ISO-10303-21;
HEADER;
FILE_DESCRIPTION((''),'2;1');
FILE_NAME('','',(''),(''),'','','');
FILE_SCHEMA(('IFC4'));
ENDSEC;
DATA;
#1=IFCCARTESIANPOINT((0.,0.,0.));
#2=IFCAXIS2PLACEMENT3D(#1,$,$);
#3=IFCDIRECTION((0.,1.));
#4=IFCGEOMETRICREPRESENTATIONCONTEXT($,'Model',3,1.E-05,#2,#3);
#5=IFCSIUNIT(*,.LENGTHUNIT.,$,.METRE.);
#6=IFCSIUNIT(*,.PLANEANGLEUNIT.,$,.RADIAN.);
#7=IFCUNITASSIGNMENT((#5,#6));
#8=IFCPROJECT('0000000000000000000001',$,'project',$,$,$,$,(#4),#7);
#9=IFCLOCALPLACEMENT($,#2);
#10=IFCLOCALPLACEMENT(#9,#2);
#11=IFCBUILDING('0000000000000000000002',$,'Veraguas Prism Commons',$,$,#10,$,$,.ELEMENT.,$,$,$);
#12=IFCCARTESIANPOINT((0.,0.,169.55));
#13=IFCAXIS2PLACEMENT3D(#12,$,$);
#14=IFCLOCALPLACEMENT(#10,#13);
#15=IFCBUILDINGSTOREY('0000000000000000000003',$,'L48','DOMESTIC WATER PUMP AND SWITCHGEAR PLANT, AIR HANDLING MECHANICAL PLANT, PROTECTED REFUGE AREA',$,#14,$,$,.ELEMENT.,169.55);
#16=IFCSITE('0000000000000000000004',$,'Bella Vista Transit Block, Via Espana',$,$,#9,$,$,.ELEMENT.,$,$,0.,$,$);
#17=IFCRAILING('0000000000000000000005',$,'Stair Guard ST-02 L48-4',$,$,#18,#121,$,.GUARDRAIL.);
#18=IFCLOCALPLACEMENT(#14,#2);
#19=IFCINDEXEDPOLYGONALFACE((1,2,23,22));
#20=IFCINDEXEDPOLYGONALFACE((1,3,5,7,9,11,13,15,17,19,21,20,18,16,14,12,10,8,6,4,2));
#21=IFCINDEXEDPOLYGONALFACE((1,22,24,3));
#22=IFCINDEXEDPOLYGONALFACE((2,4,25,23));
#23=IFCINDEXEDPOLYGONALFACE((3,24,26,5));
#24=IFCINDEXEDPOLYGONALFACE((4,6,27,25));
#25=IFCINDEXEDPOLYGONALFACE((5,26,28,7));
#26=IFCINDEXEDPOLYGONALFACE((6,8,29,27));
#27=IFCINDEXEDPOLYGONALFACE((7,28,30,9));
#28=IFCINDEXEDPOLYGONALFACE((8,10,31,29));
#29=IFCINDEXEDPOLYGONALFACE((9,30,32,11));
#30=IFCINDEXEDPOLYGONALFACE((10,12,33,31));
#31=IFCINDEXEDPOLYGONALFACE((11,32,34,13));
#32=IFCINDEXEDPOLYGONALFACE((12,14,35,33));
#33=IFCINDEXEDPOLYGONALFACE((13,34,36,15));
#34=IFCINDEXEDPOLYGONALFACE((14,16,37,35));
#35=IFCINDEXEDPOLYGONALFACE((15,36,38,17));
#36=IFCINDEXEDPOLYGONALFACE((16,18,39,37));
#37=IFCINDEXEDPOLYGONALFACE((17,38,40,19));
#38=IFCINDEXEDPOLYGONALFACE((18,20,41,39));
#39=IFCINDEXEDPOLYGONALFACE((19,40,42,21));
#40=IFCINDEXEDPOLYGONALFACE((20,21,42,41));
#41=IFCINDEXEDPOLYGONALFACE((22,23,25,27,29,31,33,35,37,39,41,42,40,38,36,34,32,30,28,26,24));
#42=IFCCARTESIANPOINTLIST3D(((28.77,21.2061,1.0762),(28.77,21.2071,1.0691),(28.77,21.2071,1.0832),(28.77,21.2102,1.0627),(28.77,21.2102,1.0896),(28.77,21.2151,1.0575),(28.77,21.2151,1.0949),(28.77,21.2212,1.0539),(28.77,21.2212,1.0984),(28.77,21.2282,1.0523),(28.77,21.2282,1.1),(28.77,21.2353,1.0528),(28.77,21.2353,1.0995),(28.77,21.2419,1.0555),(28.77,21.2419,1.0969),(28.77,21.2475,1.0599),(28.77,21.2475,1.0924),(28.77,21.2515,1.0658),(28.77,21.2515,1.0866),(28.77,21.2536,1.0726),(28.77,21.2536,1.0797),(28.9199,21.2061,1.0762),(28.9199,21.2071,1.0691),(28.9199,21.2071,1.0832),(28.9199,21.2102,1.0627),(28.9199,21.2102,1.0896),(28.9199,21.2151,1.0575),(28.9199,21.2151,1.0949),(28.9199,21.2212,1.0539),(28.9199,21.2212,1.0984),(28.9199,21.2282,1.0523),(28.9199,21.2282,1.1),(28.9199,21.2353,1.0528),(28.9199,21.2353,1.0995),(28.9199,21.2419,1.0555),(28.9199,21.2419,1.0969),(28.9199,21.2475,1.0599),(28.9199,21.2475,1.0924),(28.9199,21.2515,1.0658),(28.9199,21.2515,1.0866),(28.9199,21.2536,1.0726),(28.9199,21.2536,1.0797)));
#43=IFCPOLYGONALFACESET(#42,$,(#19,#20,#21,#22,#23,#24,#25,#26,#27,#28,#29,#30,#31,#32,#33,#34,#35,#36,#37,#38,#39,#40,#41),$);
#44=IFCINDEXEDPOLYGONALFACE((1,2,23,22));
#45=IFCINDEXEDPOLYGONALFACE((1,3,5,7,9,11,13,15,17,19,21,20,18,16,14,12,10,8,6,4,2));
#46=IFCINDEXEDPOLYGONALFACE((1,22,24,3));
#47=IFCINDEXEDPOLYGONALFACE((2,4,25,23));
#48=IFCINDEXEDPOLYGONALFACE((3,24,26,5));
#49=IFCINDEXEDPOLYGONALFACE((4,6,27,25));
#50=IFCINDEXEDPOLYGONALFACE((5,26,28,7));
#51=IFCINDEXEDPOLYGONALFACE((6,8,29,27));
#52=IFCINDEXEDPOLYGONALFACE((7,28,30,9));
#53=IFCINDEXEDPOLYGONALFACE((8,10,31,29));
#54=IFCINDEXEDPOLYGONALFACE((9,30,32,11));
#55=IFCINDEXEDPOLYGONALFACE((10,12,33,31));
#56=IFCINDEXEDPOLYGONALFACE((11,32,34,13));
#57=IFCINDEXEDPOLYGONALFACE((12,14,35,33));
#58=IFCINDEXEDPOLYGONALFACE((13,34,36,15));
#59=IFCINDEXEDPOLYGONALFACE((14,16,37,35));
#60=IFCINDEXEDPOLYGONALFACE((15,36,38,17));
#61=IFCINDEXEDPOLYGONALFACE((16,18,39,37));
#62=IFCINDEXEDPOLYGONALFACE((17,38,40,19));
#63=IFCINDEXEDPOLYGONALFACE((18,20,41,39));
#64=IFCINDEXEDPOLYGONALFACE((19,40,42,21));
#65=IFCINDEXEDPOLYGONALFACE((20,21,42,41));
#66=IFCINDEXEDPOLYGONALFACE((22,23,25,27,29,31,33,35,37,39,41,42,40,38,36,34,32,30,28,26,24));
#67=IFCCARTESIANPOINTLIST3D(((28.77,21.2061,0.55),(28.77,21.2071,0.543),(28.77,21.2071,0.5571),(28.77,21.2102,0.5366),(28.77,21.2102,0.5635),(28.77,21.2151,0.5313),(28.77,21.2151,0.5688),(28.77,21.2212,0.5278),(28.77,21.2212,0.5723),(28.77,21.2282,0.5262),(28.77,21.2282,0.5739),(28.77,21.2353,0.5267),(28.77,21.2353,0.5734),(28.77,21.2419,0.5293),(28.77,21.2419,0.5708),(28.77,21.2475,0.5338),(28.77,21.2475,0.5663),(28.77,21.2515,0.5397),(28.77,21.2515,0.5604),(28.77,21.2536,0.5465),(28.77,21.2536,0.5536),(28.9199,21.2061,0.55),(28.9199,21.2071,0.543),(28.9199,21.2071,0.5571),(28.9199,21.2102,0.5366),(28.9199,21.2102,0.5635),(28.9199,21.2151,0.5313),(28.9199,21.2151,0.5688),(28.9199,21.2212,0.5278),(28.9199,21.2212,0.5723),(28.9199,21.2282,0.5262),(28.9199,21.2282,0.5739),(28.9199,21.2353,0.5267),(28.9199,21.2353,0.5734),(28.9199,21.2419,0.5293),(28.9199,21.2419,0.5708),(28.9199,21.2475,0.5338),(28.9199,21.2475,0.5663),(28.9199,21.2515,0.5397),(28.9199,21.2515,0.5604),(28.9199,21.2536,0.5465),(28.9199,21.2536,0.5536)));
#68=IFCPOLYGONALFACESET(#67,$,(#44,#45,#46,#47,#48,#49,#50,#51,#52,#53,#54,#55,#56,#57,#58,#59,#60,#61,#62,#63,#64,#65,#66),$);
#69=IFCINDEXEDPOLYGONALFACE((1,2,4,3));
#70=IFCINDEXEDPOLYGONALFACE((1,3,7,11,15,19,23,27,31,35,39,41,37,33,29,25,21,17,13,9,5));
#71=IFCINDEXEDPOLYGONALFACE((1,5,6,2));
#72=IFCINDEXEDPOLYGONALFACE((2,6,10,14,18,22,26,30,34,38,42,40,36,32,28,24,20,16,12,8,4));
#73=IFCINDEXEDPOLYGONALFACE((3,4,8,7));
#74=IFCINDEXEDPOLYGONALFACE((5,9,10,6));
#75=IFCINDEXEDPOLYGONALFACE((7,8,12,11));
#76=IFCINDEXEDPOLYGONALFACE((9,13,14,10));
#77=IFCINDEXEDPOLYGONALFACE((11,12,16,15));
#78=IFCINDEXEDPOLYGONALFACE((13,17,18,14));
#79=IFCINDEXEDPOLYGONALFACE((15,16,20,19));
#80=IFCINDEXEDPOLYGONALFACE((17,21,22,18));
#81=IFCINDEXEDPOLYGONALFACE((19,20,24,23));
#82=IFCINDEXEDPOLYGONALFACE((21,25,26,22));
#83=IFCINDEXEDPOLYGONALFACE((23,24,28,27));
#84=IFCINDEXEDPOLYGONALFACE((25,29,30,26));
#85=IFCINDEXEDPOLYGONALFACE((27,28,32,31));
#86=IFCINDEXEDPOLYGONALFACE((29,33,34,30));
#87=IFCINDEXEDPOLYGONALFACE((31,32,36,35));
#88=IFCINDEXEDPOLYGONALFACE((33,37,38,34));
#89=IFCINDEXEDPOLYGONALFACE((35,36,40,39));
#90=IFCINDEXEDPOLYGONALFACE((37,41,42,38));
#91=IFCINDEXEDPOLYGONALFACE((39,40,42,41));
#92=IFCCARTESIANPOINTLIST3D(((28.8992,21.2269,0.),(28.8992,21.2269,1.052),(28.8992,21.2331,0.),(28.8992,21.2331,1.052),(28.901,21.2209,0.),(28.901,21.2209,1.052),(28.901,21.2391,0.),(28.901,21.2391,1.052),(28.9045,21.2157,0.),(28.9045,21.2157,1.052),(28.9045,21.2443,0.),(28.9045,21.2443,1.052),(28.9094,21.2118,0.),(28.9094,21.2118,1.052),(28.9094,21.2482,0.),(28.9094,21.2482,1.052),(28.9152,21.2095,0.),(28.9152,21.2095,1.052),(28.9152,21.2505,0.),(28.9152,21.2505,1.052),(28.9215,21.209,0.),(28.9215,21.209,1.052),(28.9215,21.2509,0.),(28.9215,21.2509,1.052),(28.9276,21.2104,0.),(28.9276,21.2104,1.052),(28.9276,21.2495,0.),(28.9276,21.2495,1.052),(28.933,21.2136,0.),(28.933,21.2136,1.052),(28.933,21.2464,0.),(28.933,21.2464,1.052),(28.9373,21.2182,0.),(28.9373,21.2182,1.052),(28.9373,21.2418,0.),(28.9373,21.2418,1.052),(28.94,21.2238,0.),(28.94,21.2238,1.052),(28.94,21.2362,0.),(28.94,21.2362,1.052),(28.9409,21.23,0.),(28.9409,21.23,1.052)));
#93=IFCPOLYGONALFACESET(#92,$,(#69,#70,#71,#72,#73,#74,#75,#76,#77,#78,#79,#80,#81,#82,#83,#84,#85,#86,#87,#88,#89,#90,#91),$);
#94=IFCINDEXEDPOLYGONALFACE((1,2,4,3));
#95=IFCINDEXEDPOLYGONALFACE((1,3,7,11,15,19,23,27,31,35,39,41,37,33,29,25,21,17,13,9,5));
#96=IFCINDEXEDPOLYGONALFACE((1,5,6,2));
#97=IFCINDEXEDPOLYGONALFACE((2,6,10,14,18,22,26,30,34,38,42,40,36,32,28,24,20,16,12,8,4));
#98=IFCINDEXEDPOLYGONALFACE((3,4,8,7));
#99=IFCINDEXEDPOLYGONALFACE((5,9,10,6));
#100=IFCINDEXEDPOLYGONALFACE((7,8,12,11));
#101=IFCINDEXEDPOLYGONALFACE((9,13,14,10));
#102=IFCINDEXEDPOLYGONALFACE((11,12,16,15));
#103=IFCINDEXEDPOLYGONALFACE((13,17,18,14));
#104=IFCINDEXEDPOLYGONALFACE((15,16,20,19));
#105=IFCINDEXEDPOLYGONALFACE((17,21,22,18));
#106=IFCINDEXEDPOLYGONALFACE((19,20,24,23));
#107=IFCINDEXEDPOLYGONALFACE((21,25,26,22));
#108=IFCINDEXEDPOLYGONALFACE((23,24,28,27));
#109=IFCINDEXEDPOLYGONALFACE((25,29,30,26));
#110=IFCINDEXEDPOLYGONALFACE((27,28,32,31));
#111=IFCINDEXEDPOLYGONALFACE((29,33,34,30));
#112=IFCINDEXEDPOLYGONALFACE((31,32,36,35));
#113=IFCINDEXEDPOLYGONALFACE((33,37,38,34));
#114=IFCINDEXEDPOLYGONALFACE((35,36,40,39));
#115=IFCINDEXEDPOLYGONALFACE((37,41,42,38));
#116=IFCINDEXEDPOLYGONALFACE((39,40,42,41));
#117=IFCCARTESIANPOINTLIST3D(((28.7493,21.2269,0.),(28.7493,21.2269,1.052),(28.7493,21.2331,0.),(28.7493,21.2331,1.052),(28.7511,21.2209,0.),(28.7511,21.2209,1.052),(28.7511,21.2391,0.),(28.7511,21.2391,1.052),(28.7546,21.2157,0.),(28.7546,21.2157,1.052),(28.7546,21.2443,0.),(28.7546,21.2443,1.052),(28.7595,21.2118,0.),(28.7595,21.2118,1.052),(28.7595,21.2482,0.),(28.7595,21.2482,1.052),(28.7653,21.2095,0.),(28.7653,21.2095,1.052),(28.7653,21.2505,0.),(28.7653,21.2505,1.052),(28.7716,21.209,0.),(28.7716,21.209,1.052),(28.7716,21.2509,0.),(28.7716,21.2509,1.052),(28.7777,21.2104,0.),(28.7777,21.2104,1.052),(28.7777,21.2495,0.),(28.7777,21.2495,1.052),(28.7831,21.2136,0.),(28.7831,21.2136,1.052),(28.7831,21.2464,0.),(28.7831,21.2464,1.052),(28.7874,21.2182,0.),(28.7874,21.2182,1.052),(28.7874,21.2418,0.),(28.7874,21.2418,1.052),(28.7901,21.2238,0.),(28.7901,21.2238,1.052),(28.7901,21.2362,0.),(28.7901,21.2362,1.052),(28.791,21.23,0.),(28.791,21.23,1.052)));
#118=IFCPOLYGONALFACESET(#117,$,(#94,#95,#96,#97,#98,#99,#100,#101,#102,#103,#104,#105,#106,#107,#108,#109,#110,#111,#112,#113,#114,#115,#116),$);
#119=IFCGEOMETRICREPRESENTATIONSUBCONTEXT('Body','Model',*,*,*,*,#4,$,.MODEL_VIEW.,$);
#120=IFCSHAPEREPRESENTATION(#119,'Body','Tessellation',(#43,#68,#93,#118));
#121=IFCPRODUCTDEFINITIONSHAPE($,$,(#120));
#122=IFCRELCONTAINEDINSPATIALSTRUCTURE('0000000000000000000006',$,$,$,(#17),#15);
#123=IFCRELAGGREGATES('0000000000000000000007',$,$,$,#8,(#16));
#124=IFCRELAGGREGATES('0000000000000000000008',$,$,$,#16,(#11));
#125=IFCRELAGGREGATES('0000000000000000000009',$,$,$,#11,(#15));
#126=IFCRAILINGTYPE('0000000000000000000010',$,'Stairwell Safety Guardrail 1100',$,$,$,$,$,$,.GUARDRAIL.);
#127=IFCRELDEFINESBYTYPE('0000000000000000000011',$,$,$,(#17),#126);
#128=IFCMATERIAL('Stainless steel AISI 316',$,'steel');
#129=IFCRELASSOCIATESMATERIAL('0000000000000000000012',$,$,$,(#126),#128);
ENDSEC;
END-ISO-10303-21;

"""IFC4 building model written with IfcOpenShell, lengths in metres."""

from ifc_helpers import new_model, si_unit, direction, frame, origin, origin_2d, place, context, subcontext, project, spatial, circle, extrude, material, type_object, element, save


model = new_model("IFC4")

# Units and contexts
model_context = context("Model", 3, precision=1e-05, world=origin(), true_north=direction((0.0, 1.0)))
body_context = subcontext(model_context, "Body", "Model", "MODEL_VIEW")
ifc_project = project(units=[si_unit("LENGTHUNIT", "METRE"), si_unit("PLANEANGLEUNIT", "RADIAN")], contexts=[model_context])

# Site, building, storey
site_placement = place(None, origin())
site = spatial("IfcSite", under=ifc_project, at=site_placement, Name="Bella Vista Transit Block, Via Espana", CompositionType="ELEMENT", RefElevation=0.0)
building_placement = place(site_placement, origin())
building = spatial("IfcBuilding", under=site, at=building_placement, Name="Veraguas Prism Commons", CompositionType="ELEMENT")
storey_placement = place(building_placement, frame((0.0, 0.0, 169.55)))
storey = spatial("IfcBuildingStorey", under=building, at=storey_placement, Name="L48", Description="DOMESTIC WATER PUMP AND SWITCHGEAR PLANT, AIR HANDLING MECHANICAL PLANT, PROTECTED REFUGE AREA", CompositionType="ELEMENT", Elevation=169.55)

# Shared definitions
ifc_material_1 = material(Name="Stainless steel AISI 316", Category="steel")

# Railing
railing_type = type_object("IfcRailingType", Name="Stairwell Safety Guardrail 1100", PredefinedType="GUARDRAIL", material=ifc_material_1)
railing_1_placement = place(storey_placement, frame((28.9199, 21.23, 0.0)))
element("IfcRailing", 1, at=railing_1_placement, inside=storey, type_object=railing_type, Name="Stair Guard ST-02 L48-4", PredefinedType="GUARDRAIL", context=body_context, shape_type="SweptSolid", body=[
    extrude(circle(Radius=0.0239, at=origin_2d()), frame((0.0, 0.0, 1.0762), z_axis=(-1.0, 0.0, 0.0), x_axis=(0.0, -1.0, 0.0)), (0.0, 0.0, 1.0), 0.1499),
    extrude(circle(Radius=0.0239, at=origin_2d()), frame((0.0, 0.0, 0.55), z_axis=(-1.0, 0.0, 0.0), x_axis=(0.0, -1.0, 0.0)), (0.0, 0.0, 1.0), 0.1499),
    extrude(circle(Radius=0.021, at=origin_2d()), origin(), (0.0, 0.0, 1.0), 1.052),
    extrude(circle(Radius=0.021, at=origin_2d()), frame((-0.1499, 0.0, 0.0)), (0.0, 0.0, 1.0), 1.052),
])

save(model, "model.ifc")
